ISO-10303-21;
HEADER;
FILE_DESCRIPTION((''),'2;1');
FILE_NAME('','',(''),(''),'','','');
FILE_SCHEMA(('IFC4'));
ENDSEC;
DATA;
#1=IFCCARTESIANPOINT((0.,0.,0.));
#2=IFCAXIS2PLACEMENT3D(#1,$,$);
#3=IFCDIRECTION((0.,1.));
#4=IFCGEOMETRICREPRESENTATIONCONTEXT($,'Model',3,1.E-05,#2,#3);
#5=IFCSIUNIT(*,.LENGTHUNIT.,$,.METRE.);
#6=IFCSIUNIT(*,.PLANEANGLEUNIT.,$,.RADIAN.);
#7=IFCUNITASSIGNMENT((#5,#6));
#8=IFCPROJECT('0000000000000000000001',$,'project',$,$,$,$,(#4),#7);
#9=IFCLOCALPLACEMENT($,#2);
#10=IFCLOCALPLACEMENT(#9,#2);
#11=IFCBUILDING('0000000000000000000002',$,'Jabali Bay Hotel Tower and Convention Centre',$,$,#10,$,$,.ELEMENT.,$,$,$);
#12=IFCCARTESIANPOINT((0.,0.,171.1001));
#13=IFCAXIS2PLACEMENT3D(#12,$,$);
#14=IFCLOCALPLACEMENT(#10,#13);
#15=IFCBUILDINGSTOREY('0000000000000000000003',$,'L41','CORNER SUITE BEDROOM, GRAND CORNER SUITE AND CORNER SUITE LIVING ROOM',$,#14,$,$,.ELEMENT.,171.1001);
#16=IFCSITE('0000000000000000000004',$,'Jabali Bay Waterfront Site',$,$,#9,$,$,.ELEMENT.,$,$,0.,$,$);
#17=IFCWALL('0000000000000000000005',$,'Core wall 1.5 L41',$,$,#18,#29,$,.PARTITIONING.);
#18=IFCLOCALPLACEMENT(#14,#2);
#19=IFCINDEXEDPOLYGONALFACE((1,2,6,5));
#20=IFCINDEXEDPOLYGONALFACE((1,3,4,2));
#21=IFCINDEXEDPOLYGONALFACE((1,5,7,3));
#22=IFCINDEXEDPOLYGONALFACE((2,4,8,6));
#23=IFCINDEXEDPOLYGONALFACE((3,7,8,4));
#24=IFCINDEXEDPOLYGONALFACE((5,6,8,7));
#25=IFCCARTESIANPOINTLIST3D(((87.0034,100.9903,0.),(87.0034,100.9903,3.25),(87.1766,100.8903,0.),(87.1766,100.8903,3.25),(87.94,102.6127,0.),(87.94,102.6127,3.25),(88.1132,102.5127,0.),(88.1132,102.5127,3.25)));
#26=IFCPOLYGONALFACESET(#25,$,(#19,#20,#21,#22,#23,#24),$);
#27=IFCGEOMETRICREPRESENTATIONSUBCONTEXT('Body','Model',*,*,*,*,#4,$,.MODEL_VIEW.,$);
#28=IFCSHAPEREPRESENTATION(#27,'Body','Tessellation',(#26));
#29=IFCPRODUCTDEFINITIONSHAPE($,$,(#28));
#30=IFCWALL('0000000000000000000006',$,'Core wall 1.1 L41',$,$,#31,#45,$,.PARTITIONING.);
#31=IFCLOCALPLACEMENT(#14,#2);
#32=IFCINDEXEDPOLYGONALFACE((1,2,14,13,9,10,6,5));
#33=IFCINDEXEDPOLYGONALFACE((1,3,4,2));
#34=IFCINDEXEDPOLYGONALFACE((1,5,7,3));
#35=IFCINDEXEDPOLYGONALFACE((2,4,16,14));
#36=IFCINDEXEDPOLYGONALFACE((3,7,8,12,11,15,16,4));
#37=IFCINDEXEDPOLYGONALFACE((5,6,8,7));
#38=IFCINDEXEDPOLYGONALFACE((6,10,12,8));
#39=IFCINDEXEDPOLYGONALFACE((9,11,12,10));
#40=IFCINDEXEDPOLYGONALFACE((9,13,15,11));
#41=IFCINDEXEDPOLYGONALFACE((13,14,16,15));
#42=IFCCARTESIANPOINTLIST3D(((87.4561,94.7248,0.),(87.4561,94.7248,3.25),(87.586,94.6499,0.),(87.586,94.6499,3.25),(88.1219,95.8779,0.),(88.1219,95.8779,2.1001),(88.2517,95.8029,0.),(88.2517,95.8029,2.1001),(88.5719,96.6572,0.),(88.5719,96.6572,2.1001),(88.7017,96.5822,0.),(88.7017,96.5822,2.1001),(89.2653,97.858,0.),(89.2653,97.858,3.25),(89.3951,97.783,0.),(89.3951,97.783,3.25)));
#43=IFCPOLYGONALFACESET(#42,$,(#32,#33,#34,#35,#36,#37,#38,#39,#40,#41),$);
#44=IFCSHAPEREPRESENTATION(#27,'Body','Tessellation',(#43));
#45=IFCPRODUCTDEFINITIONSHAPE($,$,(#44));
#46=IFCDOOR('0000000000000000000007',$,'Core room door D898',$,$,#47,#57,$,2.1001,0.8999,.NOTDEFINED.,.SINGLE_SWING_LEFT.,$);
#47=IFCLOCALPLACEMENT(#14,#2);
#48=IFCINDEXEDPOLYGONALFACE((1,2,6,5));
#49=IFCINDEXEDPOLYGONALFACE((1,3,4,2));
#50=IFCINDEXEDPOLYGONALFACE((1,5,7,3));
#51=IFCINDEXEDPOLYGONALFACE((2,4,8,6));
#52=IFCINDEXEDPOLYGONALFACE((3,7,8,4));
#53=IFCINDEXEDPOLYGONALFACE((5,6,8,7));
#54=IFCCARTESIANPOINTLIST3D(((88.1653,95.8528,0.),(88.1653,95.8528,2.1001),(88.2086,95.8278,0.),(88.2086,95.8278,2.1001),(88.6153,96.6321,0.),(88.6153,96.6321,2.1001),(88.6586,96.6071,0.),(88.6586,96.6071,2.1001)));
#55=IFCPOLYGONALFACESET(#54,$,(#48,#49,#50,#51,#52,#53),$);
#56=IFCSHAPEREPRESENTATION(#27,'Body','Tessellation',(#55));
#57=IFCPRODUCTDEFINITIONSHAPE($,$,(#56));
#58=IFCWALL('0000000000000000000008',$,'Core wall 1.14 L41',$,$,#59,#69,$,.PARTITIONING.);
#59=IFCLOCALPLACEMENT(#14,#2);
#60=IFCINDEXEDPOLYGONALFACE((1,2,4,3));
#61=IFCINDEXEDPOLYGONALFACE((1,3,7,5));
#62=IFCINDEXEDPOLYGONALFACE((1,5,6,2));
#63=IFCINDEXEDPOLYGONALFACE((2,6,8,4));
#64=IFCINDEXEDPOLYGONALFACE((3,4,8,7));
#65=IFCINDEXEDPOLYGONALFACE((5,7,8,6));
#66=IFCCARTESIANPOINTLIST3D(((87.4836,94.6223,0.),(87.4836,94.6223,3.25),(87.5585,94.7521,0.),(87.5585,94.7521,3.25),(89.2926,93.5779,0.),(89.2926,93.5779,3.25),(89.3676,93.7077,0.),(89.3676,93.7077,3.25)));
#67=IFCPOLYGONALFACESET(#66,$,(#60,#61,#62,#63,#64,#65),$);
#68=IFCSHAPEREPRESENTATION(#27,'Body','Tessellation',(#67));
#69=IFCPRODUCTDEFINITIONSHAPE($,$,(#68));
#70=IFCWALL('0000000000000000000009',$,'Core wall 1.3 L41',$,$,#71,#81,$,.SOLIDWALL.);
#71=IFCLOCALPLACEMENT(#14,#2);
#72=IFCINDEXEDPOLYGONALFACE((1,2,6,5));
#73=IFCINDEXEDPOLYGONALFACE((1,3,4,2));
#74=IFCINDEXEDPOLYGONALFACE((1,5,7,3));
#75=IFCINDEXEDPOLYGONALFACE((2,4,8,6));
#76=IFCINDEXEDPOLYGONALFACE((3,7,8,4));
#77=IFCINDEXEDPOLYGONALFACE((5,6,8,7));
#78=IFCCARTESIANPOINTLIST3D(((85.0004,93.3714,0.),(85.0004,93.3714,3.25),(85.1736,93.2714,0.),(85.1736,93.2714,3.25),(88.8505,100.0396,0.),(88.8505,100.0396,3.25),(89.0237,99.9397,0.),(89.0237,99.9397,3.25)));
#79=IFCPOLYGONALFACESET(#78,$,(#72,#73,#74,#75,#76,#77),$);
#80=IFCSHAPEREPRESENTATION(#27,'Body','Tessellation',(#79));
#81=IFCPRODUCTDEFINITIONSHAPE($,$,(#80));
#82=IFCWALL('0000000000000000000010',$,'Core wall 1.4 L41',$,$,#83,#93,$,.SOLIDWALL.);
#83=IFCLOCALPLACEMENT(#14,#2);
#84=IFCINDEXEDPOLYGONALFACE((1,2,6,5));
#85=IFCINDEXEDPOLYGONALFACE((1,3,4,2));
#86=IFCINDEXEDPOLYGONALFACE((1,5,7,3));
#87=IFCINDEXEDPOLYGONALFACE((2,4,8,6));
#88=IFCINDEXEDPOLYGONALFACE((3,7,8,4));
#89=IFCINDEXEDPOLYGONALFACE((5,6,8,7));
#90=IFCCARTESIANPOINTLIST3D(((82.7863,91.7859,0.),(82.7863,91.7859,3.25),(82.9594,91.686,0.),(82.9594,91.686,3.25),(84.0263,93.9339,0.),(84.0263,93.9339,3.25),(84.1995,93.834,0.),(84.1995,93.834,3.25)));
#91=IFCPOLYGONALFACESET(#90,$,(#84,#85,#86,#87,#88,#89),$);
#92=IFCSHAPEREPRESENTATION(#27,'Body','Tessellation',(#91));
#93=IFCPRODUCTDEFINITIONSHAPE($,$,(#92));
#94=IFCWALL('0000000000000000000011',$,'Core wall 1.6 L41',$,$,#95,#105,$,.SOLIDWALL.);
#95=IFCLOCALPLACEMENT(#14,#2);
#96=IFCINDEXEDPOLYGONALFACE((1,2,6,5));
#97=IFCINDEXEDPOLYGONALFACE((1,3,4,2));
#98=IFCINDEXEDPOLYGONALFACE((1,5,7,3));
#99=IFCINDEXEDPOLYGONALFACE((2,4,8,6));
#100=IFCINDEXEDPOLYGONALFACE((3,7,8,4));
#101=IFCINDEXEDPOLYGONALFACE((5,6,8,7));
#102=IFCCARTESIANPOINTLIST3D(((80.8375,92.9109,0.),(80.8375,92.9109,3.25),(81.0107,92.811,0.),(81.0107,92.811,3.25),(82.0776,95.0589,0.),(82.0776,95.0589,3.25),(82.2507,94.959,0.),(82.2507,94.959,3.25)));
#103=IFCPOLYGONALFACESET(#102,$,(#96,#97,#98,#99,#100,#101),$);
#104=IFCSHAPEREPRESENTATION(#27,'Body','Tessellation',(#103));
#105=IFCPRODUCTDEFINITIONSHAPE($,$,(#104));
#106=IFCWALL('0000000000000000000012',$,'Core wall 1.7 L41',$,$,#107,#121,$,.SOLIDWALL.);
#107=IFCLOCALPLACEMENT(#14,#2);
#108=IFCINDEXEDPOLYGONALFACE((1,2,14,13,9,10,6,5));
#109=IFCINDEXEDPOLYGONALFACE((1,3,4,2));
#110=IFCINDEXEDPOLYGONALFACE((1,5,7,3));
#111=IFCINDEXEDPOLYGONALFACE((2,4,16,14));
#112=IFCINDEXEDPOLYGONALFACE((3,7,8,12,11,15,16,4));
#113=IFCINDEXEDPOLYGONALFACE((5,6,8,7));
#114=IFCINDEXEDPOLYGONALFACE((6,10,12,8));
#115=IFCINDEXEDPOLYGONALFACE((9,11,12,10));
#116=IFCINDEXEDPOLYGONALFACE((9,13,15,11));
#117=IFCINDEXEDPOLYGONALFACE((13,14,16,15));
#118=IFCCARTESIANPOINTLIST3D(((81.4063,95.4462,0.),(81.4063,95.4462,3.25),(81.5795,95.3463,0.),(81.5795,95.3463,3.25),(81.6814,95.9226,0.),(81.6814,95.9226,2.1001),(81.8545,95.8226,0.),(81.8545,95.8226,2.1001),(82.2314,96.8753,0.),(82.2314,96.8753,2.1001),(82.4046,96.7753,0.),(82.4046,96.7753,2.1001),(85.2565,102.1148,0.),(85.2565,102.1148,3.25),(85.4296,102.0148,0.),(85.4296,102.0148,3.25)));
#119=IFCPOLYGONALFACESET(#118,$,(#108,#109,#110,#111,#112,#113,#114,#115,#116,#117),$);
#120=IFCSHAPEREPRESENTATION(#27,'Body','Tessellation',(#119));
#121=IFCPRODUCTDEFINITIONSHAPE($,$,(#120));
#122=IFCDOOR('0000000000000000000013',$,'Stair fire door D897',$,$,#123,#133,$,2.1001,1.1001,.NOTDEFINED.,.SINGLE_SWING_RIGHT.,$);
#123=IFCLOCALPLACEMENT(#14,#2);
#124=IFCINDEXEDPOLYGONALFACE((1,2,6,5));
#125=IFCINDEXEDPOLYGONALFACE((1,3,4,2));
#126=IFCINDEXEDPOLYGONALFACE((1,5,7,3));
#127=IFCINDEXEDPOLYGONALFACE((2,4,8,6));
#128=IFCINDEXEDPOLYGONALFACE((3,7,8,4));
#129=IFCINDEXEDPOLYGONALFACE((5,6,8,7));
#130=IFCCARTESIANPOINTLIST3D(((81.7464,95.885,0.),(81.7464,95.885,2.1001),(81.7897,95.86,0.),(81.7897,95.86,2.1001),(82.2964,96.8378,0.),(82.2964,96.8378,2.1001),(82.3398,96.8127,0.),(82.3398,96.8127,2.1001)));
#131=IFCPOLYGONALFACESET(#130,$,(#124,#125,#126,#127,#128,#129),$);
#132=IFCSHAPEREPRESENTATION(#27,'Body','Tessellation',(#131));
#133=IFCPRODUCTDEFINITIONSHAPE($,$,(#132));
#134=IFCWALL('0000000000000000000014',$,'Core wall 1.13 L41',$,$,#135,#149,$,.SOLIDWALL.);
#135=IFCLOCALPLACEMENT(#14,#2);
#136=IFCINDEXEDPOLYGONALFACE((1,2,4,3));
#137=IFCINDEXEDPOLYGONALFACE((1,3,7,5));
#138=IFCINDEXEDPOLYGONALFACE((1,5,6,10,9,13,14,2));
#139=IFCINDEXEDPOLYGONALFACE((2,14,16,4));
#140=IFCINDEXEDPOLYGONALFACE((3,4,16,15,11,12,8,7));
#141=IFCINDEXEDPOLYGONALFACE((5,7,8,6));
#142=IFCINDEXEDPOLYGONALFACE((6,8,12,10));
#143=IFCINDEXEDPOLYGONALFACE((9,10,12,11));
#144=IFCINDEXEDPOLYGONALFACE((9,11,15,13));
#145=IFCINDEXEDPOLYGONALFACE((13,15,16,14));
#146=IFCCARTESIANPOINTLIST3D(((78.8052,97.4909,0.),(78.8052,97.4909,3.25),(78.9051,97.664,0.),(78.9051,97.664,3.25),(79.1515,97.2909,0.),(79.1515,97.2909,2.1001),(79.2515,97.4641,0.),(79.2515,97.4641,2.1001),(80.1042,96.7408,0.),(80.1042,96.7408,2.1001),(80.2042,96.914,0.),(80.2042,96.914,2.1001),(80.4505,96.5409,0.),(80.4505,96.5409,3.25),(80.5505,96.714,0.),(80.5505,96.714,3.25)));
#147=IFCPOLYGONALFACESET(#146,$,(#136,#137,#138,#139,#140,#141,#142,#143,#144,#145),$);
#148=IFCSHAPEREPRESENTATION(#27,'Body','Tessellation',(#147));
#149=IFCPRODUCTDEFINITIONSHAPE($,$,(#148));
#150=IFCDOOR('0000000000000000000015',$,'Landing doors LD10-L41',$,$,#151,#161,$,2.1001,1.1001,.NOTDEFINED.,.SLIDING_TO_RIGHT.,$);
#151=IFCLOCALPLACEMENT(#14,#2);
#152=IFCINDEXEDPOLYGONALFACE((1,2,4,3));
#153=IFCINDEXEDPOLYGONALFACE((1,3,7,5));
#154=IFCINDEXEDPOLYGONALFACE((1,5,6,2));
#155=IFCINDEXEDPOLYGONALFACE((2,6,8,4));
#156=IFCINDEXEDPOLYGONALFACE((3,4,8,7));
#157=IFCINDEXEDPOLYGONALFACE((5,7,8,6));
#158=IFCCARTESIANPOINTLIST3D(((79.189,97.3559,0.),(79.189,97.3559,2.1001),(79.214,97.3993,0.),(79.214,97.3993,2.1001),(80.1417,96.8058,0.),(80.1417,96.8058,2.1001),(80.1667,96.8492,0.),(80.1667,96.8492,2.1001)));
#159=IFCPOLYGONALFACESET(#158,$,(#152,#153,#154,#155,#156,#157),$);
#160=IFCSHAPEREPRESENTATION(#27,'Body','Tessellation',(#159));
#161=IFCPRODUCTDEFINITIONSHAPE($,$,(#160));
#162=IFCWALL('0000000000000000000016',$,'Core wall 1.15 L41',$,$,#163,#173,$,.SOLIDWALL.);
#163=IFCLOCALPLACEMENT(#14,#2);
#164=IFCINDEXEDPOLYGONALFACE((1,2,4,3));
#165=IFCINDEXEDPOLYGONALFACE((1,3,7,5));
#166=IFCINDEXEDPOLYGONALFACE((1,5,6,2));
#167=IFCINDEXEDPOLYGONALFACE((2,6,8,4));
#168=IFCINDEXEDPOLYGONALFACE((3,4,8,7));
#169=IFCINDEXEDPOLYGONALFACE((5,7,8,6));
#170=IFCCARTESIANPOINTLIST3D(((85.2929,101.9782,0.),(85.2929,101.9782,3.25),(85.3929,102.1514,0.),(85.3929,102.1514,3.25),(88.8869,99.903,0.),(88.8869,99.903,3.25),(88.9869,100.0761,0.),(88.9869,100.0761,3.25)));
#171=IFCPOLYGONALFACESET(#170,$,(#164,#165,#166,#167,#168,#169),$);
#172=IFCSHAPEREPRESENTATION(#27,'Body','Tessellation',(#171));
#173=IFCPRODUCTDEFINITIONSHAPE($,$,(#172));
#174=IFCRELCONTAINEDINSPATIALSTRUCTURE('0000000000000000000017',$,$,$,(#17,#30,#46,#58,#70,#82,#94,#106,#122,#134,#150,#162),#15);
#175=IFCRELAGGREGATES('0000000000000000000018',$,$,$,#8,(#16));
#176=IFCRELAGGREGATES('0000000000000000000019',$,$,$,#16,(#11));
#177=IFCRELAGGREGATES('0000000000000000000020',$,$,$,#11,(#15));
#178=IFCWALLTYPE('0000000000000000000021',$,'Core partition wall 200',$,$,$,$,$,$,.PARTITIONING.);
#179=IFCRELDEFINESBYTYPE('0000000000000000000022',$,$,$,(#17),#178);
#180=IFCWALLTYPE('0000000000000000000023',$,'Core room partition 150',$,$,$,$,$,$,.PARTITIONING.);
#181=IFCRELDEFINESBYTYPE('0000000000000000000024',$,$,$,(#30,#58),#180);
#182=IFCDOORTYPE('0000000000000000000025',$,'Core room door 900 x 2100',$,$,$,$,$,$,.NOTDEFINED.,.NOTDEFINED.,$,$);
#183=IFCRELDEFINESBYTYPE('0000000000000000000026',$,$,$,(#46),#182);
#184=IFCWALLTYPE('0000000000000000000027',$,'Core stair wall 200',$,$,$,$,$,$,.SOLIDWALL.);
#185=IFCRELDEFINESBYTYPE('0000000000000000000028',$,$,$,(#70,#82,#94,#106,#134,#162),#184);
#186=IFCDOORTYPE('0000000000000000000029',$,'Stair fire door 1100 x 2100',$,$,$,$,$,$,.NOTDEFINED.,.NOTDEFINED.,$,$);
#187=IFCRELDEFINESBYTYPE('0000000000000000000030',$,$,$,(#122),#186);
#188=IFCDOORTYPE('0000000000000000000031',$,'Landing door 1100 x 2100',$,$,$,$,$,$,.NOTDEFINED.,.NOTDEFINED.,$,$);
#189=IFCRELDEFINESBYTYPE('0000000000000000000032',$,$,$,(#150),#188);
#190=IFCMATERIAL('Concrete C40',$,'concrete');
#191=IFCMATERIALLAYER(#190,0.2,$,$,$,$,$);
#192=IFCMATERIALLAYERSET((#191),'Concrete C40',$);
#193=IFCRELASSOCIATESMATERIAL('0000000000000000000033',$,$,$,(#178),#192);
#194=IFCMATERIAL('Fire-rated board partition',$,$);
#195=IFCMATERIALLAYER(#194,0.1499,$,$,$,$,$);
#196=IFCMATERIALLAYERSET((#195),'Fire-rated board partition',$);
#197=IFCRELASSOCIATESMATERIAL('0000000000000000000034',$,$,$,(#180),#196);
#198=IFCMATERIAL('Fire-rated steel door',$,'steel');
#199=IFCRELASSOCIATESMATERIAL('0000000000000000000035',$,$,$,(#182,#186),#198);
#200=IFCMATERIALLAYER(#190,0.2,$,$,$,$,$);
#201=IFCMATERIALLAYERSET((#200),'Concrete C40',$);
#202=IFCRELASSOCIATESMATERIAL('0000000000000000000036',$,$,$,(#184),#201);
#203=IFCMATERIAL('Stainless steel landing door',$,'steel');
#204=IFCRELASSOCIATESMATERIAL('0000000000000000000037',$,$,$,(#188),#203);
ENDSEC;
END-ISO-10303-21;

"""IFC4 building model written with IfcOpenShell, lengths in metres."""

from ifc_helpers import new_model, si_unit, direction, frame, frame_2d, origin, place, context, subcontext, project, spatial, rectangle, extrude, material, layer, layer_set, type_object, element, fill, save


model = new_model("IFC4")

# Units and contexts
model_context = context("Model", 3, precision=1e-05, world=origin(), true_north=direction((0.0, 1.0)))
body_context = subcontext(model_context, "Body", "Model", "MODEL_VIEW")
ifc_project = project(units=[si_unit("LENGTHUNIT", "METRE"), si_unit("PLANEANGLEUNIT", "RADIAN")], contexts=[model_context])

# Site, building, storey
site_placement = place(None, origin())
site = spatial("IfcSite", under=ifc_project, at=site_placement, Name="Jabali Bay Waterfront Site", CompositionType="ELEMENT", RefElevation=0.0)
building_placement = place(site_placement, origin())
building = spatial("IfcBuilding", under=site, at=building_placement, Name="Jabali Bay Hotel Tower and Convention Centre", CompositionType="ELEMENT")
storey_placement = place(building_placement, frame((0.0, 0.0, 171.1001)))
storey = spatial("IfcBuildingStorey", under=building, at=storey_placement, Name="L41", Description="CORNER SUITE BEDROOM, GRAND CORNER SUITE AND CORNER SUITE LIVING ROOM", CompositionType="ELEMENT", Elevation=171.1001)

# Wall
ifc_material_1 = material(Name="Concrete C40", Category="concrete")
ifc_layer_1 = layer(ifc_material_1, 0.2)
ifc_layer_set_1 = layer_set([ifc_layer_1], Name="Concrete C40")
wall_type_1 = type_object("IfcWallType", Name="Core partition wall 200", PredefinedType="PARTITIONING", material=ifc_layer_set_1)
wall_1_placement = place(storey_placement, frame((87.0901, 100.9404, 0.0), z_axis=(0.0, 0.0, 1.0), x_axis=(0.499952, 0.866053, 0.0)))
element("IfcWall", 1, at=wall_1_placement, inside=storey, type_object=wall_type_1, Name="Core wall 1.5 L41", PredefinedType="PARTITIONING", context=body_context, shape_type="SweptSolid", body=[
    extrude(rectangle(XDim=1.8733, YDim=0.2, at=frame_2d((0.9365, 0.0))), origin(), (0.0, 0.0, 1.0), 3.25),
])

# Wall, opening, door
ifc_material_2 = material(Name="Fire-rated board partition")
ifc_layer_2 = layer(ifc_material_2, 0.1499)
ifc_layer_set_2 = layer_set([ifc_layer_2], Name="Fire-rated board partition")
wall_type_2 = type_object("IfcWallType", Name="Core room partition 150", PredefinedType="PARTITIONING", material=ifc_layer_set_2)
wall_2_placement = place(storey_placement, frame((87.521, 94.6873, 0.0), z_axis=(0.0, 0.0, 1.0), x_axis=(0.500044, 0.866, 0.0)))
wall_2 = element("IfcWall", 2, at=wall_2_placement, inside=storey, type_object=wall_type_2, Name="Core wall 1.1 L41", PredefinedType="PARTITIONING", context=body_context, shape_type="SweptSolid", body=[
    extrude(rectangle(XDim=3.6179, YDim=0.1499, at=frame_2d((1.8091, 0.0))), origin(), (0.0, 0.0, 1.0), 3.25),
])
opening_1_placement = place(wall_2_placement, frame((1.3315, 0.0, 0.0)))
opening_1 = element("IfcOpeningElement", 3, at=opening_1_placement, cuts=wall_2, PredefinedType="OPENING", context=body_context, shape_type="SweptSolid", body=[
    extrude(rectangle(XDim=0.8999, YDim=2.1001, at=frame_2d((0.45, 1.05))), frame((0.0, 0.0854, 0.0), z_axis=(0.0, -1.0, 0.0), x_axis=(1.0, 0.0, 0.0)), (0.0, 0.0, 1.0), 0.1709),
])
ifc_material_3 = material(Name="Fire-rated steel door", Category="steel")
door_type_1 = type_object("IfcDoorType", Name="Core room door 900 x 2100", OperationType="NOTDEFINED", PredefinedType="NOTDEFINED", material=ifc_material_3)
door_1_placement = place(opening_1_placement, origin())
door_1 = element("IfcDoor", 4, at=door_1_placement, inside=storey, type_object=door_type_1, Name="Core room door D898", OperationType="SINGLE_SWING_LEFT", OverallHeight=2.1001, OverallWidth=0.8999, PredefinedType="NOTDEFINED", context=body_context, shape_type="SweptSolid", body=[
    extrude(rectangle(XDim=0.8999, YDim=2.1001, at=frame_2d((0.45, 1.05))), frame((0.0, 0.0249, 0.0), z_axis=(0.0, -1.0, 0.0), x_axis=(1.0, 0.0, 0.0)), (0.0, 0.0, 1.0), 0.05),
])
fill(opening_1, door_1)

# Walls
wall_3_placement = place(storey_placement, frame((89.3301, 93.6428, 0.0), z_axis=(0.0, 0.0, 1.0), x_axis=(-0.866034, 0.499985, 0.0)))
element("IfcWall", 5, at=wall_3_placement, inside=storey, type_object=wall_type_2, Name="Core wall 1.14 L41", PredefinedType="PARTITIONING", context=body_context, shape_type="SweptSolid", body=[
    extrude(rectangle(XDim=2.0889, YDim=0.1499, at=frame_2d((1.0444, 0.0))), origin(), (0.0, 0.0, 1.0), 3.25),
])
ifc_layer_3 = layer(ifc_material_1, 0.2)
ifc_layer_set_3 = layer_set([ifc_layer_3], Name="Concrete C40")
wall_type_3 = type_object("IfcWallType", Name="Core stair wall 200", PredefinedType="SOLIDWALL", material=ifc_layer_set_3)
wall_4_placement = place(storey_placement, frame((85.0869, 93.3213, 0.0), z_axis=(0.0, 0.0, 1.0), x_axis=(0.50002, 0.866014, 0.0)))
element("IfcWall", 6, at=wall_4_placement, inside=storey, type_object=wall_type_3, Name="Core wall 1.3 L41", PredefinedType="SOLIDWALL", context=body_context, shape_type="SweptSolid", body=[
    extrude(rectangle(XDim=7.7, YDim=0.2, at=frame_2d((3.8501, 0.0))), origin(), (0.0, 0.0, 1.0), 3.25),
])
for number, where, z_axis, x_axis, name in (
    (7, (82.8728, 91.7358, 0.0), (0.0, 0.0, 1.0), (0.499961, 0.866048, 0.0), "Core wall 1.4 L41"),
    (8, (80.9241, 92.8608, 0.0), (0.0, 0.0, 1.0), (0.499961, 0.866048, 0.0), "Core wall 1.6 L41"),
):
    element("IfcWall", number, at=place(storey_placement, frame(where, z_axis=z_axis, x_axis=x_axis)), inside=storey, type_object=wall_type_3, Name=name, PredefinedType="SOLIDWALL", context=body_context, shape_type="SweptSolid", body=[
        extrude(rectangle(XDim=2.4802, YDim=0.2, at=frame_2d((1.2402, 0.0))), origin(), (0.0, 0.0, 1.0), 3.25),
    ])

# Walls, openings, doors
wall_5_placement = place(storey_placement, frame((81.4929, 95.3962, 0.0), z_axis=(0.0, 0.0, 1.0), x_axis=(0.500006, 0.866022, 0.0)))
wall_5 = element("IfcWall", 9, at=wall_5_placement, inside=storey, type_object=wall_type_3, Name="Core wall 1.7 L41", PredefinedType="SOLIDWALL", context=body_context, shape_type="SweptSolid", body=[
    extrude(rectangle(XDim=7.7002, YDim=0.2, at=frame_2d((3.8501, 0.0))), origin(), (0.0, 0.0, 1.0), 3.25),
])
opening_2_placement = place(wall_5_placement, frame((0.55, 0.0, 0.0)))
opening_2 = element("IfcOpeningElement", 10, at=opening_2_placement, cuts=wall_5, PredefinedType="OPENING", context=body_context, shape_type="SweptSolid", body=[
    extrude(rectangle(XDim=1.1001, YDim=2.1001, at=frame_2d((0.55, 1.05))), frame((0.0, 0.1104, 0.0), z_axis=(0.0, -1.0, 0.0), x_axis=(1.0, 0.0, 0.0)), (0.0, 0.0, 1.0), 0.2209),
])
door_type_2 = type_object("IfcDoorType", Name="Stair fire door 1100 x 2100", OperationType="NOTDEFINED", PredefinedType="NOTDEFINED", material=ifc_material_3)
door_2_placement = place(opening_2_placement, origin())
door_2 = element("IfcDoor", 11, at=door_2_placement, inside=storey, type_object=door_type_2, Name="Stair fire door D897", OperationType="SINGLE_SWING_RIGHT", OverallHeight=2.1001, OverallWidth=1.1001, PredefinedType="NOTDEFINED", context=body_context, shape_type="SweptSolid", body=[
    extrude(rectangle(XDim=1.1001, YDim=2.1001, at=frame_2d((0.55, 1.05))), frame((0.0, 0.0249, 0.0), z_axis=(0.0, -1.0, 0.0), x_axis=(1.0, 0.0, 0.0)), (0.0, 0.0, 1.0), 0.05),
])
fill(opening_2, door_2)
wall_6_placement = place(storey_placement, frame((80.5005, 96.6274, 0.0), z_axis=(0.0, 0.0, 1.0), x_axis=(-0.866012, 0.500023, 0.0)))
wall_6 = element("IfcWall", 12, at=wall_6_placement, inside=storey, type_object=wall_type_3, Name="Core wall 1.13 L41", PredefinedType="SOLIDWALL", context=body_context, shape_type="SweptSolid", body=[
    extrude(rectangle(XDim=1.8999, YDim=0.2, at=frame_2d((0.95, 0.0))), origin(), (0.0, 0.0, 1.0), 3.25),
])
opening_3_placement = place(wall_6_placement, frame((0.3999, 0.0, 0.0)))
opening_3 = element("IfcOpeningElement", 13, at=opening_3_placement, cuts=wall_6, PredefinedType="OPENING", context=body_context, shape_type="SweptSolid", body=[
    extrude(rectangle(XDim=1.1001, YDim=2.1001, at=frame_2d((0.55, 1.05))), frame((0.0, 0.1104, 0.0), z_axis=(0.0, -1.0, 0.0), x_axis=(1.0, 0.0, 0.0)), (0.0, 0.0, 1.0), 0.2209),
])
ifc_material_4 = material(Name="Stainless steel landing door", Category="steel")
door_type_3 = type_object("IfcDoorType", Name="Landing door 1100 x 2100", OperationType="NOTDEFINED", PredefinedType="NOTDEFINED", material=ifc_material_4)
door_3_placement = place(opening_3_placement, origin())
door_3 = element("IfcDoor", 14, at=door_3_placement, inside=storey, type_object=door_type_3, Name="Landing doors LD10-L41", OperationType="SLIDING_TO_RIGHT", OverallHeight=2.1001, OverallWidth=1.1001, PredefinedType="NOTDEFINED", context=body_context, shape_type="SweptSolid", body=[
    extrude(rectangle(XDim=1.1001, YDim=2.1001, at=frame_2d((0.55, 1.05))), frame((0.0, 0.0249, 0.0), z_axis=(0.0, -1.0, 0.0), x_axis=(1.0, 0.0, 0.0)), (0.0, 0.0, 1.0), 0.05),
])
fill(opening_3, door_3)

# Wall
wall_7_placement = place(storey_placement, frame((88.937, 99.9895, 0.0), z_axis=(0.0, 0.0, 1.0), x_axis=(-0.866004, 0.500036, 0.0)))
element("IfcWall", 15, at=wall_7_placement, inside=storey, type_object=wall_type_3, Name="Core wall 1.15 L41", PredefinedType="SOLIDWALL", context=body_context, shape_type="SweptSolid", body=[
    extrude(rectangle(XDim=4.1501, YDim=0.2, at=frame_2d((2.0752, 0.0))), origin(), (0.0, 0.0, 1.0), 3.25),
])

save(model, "model.ifc")
